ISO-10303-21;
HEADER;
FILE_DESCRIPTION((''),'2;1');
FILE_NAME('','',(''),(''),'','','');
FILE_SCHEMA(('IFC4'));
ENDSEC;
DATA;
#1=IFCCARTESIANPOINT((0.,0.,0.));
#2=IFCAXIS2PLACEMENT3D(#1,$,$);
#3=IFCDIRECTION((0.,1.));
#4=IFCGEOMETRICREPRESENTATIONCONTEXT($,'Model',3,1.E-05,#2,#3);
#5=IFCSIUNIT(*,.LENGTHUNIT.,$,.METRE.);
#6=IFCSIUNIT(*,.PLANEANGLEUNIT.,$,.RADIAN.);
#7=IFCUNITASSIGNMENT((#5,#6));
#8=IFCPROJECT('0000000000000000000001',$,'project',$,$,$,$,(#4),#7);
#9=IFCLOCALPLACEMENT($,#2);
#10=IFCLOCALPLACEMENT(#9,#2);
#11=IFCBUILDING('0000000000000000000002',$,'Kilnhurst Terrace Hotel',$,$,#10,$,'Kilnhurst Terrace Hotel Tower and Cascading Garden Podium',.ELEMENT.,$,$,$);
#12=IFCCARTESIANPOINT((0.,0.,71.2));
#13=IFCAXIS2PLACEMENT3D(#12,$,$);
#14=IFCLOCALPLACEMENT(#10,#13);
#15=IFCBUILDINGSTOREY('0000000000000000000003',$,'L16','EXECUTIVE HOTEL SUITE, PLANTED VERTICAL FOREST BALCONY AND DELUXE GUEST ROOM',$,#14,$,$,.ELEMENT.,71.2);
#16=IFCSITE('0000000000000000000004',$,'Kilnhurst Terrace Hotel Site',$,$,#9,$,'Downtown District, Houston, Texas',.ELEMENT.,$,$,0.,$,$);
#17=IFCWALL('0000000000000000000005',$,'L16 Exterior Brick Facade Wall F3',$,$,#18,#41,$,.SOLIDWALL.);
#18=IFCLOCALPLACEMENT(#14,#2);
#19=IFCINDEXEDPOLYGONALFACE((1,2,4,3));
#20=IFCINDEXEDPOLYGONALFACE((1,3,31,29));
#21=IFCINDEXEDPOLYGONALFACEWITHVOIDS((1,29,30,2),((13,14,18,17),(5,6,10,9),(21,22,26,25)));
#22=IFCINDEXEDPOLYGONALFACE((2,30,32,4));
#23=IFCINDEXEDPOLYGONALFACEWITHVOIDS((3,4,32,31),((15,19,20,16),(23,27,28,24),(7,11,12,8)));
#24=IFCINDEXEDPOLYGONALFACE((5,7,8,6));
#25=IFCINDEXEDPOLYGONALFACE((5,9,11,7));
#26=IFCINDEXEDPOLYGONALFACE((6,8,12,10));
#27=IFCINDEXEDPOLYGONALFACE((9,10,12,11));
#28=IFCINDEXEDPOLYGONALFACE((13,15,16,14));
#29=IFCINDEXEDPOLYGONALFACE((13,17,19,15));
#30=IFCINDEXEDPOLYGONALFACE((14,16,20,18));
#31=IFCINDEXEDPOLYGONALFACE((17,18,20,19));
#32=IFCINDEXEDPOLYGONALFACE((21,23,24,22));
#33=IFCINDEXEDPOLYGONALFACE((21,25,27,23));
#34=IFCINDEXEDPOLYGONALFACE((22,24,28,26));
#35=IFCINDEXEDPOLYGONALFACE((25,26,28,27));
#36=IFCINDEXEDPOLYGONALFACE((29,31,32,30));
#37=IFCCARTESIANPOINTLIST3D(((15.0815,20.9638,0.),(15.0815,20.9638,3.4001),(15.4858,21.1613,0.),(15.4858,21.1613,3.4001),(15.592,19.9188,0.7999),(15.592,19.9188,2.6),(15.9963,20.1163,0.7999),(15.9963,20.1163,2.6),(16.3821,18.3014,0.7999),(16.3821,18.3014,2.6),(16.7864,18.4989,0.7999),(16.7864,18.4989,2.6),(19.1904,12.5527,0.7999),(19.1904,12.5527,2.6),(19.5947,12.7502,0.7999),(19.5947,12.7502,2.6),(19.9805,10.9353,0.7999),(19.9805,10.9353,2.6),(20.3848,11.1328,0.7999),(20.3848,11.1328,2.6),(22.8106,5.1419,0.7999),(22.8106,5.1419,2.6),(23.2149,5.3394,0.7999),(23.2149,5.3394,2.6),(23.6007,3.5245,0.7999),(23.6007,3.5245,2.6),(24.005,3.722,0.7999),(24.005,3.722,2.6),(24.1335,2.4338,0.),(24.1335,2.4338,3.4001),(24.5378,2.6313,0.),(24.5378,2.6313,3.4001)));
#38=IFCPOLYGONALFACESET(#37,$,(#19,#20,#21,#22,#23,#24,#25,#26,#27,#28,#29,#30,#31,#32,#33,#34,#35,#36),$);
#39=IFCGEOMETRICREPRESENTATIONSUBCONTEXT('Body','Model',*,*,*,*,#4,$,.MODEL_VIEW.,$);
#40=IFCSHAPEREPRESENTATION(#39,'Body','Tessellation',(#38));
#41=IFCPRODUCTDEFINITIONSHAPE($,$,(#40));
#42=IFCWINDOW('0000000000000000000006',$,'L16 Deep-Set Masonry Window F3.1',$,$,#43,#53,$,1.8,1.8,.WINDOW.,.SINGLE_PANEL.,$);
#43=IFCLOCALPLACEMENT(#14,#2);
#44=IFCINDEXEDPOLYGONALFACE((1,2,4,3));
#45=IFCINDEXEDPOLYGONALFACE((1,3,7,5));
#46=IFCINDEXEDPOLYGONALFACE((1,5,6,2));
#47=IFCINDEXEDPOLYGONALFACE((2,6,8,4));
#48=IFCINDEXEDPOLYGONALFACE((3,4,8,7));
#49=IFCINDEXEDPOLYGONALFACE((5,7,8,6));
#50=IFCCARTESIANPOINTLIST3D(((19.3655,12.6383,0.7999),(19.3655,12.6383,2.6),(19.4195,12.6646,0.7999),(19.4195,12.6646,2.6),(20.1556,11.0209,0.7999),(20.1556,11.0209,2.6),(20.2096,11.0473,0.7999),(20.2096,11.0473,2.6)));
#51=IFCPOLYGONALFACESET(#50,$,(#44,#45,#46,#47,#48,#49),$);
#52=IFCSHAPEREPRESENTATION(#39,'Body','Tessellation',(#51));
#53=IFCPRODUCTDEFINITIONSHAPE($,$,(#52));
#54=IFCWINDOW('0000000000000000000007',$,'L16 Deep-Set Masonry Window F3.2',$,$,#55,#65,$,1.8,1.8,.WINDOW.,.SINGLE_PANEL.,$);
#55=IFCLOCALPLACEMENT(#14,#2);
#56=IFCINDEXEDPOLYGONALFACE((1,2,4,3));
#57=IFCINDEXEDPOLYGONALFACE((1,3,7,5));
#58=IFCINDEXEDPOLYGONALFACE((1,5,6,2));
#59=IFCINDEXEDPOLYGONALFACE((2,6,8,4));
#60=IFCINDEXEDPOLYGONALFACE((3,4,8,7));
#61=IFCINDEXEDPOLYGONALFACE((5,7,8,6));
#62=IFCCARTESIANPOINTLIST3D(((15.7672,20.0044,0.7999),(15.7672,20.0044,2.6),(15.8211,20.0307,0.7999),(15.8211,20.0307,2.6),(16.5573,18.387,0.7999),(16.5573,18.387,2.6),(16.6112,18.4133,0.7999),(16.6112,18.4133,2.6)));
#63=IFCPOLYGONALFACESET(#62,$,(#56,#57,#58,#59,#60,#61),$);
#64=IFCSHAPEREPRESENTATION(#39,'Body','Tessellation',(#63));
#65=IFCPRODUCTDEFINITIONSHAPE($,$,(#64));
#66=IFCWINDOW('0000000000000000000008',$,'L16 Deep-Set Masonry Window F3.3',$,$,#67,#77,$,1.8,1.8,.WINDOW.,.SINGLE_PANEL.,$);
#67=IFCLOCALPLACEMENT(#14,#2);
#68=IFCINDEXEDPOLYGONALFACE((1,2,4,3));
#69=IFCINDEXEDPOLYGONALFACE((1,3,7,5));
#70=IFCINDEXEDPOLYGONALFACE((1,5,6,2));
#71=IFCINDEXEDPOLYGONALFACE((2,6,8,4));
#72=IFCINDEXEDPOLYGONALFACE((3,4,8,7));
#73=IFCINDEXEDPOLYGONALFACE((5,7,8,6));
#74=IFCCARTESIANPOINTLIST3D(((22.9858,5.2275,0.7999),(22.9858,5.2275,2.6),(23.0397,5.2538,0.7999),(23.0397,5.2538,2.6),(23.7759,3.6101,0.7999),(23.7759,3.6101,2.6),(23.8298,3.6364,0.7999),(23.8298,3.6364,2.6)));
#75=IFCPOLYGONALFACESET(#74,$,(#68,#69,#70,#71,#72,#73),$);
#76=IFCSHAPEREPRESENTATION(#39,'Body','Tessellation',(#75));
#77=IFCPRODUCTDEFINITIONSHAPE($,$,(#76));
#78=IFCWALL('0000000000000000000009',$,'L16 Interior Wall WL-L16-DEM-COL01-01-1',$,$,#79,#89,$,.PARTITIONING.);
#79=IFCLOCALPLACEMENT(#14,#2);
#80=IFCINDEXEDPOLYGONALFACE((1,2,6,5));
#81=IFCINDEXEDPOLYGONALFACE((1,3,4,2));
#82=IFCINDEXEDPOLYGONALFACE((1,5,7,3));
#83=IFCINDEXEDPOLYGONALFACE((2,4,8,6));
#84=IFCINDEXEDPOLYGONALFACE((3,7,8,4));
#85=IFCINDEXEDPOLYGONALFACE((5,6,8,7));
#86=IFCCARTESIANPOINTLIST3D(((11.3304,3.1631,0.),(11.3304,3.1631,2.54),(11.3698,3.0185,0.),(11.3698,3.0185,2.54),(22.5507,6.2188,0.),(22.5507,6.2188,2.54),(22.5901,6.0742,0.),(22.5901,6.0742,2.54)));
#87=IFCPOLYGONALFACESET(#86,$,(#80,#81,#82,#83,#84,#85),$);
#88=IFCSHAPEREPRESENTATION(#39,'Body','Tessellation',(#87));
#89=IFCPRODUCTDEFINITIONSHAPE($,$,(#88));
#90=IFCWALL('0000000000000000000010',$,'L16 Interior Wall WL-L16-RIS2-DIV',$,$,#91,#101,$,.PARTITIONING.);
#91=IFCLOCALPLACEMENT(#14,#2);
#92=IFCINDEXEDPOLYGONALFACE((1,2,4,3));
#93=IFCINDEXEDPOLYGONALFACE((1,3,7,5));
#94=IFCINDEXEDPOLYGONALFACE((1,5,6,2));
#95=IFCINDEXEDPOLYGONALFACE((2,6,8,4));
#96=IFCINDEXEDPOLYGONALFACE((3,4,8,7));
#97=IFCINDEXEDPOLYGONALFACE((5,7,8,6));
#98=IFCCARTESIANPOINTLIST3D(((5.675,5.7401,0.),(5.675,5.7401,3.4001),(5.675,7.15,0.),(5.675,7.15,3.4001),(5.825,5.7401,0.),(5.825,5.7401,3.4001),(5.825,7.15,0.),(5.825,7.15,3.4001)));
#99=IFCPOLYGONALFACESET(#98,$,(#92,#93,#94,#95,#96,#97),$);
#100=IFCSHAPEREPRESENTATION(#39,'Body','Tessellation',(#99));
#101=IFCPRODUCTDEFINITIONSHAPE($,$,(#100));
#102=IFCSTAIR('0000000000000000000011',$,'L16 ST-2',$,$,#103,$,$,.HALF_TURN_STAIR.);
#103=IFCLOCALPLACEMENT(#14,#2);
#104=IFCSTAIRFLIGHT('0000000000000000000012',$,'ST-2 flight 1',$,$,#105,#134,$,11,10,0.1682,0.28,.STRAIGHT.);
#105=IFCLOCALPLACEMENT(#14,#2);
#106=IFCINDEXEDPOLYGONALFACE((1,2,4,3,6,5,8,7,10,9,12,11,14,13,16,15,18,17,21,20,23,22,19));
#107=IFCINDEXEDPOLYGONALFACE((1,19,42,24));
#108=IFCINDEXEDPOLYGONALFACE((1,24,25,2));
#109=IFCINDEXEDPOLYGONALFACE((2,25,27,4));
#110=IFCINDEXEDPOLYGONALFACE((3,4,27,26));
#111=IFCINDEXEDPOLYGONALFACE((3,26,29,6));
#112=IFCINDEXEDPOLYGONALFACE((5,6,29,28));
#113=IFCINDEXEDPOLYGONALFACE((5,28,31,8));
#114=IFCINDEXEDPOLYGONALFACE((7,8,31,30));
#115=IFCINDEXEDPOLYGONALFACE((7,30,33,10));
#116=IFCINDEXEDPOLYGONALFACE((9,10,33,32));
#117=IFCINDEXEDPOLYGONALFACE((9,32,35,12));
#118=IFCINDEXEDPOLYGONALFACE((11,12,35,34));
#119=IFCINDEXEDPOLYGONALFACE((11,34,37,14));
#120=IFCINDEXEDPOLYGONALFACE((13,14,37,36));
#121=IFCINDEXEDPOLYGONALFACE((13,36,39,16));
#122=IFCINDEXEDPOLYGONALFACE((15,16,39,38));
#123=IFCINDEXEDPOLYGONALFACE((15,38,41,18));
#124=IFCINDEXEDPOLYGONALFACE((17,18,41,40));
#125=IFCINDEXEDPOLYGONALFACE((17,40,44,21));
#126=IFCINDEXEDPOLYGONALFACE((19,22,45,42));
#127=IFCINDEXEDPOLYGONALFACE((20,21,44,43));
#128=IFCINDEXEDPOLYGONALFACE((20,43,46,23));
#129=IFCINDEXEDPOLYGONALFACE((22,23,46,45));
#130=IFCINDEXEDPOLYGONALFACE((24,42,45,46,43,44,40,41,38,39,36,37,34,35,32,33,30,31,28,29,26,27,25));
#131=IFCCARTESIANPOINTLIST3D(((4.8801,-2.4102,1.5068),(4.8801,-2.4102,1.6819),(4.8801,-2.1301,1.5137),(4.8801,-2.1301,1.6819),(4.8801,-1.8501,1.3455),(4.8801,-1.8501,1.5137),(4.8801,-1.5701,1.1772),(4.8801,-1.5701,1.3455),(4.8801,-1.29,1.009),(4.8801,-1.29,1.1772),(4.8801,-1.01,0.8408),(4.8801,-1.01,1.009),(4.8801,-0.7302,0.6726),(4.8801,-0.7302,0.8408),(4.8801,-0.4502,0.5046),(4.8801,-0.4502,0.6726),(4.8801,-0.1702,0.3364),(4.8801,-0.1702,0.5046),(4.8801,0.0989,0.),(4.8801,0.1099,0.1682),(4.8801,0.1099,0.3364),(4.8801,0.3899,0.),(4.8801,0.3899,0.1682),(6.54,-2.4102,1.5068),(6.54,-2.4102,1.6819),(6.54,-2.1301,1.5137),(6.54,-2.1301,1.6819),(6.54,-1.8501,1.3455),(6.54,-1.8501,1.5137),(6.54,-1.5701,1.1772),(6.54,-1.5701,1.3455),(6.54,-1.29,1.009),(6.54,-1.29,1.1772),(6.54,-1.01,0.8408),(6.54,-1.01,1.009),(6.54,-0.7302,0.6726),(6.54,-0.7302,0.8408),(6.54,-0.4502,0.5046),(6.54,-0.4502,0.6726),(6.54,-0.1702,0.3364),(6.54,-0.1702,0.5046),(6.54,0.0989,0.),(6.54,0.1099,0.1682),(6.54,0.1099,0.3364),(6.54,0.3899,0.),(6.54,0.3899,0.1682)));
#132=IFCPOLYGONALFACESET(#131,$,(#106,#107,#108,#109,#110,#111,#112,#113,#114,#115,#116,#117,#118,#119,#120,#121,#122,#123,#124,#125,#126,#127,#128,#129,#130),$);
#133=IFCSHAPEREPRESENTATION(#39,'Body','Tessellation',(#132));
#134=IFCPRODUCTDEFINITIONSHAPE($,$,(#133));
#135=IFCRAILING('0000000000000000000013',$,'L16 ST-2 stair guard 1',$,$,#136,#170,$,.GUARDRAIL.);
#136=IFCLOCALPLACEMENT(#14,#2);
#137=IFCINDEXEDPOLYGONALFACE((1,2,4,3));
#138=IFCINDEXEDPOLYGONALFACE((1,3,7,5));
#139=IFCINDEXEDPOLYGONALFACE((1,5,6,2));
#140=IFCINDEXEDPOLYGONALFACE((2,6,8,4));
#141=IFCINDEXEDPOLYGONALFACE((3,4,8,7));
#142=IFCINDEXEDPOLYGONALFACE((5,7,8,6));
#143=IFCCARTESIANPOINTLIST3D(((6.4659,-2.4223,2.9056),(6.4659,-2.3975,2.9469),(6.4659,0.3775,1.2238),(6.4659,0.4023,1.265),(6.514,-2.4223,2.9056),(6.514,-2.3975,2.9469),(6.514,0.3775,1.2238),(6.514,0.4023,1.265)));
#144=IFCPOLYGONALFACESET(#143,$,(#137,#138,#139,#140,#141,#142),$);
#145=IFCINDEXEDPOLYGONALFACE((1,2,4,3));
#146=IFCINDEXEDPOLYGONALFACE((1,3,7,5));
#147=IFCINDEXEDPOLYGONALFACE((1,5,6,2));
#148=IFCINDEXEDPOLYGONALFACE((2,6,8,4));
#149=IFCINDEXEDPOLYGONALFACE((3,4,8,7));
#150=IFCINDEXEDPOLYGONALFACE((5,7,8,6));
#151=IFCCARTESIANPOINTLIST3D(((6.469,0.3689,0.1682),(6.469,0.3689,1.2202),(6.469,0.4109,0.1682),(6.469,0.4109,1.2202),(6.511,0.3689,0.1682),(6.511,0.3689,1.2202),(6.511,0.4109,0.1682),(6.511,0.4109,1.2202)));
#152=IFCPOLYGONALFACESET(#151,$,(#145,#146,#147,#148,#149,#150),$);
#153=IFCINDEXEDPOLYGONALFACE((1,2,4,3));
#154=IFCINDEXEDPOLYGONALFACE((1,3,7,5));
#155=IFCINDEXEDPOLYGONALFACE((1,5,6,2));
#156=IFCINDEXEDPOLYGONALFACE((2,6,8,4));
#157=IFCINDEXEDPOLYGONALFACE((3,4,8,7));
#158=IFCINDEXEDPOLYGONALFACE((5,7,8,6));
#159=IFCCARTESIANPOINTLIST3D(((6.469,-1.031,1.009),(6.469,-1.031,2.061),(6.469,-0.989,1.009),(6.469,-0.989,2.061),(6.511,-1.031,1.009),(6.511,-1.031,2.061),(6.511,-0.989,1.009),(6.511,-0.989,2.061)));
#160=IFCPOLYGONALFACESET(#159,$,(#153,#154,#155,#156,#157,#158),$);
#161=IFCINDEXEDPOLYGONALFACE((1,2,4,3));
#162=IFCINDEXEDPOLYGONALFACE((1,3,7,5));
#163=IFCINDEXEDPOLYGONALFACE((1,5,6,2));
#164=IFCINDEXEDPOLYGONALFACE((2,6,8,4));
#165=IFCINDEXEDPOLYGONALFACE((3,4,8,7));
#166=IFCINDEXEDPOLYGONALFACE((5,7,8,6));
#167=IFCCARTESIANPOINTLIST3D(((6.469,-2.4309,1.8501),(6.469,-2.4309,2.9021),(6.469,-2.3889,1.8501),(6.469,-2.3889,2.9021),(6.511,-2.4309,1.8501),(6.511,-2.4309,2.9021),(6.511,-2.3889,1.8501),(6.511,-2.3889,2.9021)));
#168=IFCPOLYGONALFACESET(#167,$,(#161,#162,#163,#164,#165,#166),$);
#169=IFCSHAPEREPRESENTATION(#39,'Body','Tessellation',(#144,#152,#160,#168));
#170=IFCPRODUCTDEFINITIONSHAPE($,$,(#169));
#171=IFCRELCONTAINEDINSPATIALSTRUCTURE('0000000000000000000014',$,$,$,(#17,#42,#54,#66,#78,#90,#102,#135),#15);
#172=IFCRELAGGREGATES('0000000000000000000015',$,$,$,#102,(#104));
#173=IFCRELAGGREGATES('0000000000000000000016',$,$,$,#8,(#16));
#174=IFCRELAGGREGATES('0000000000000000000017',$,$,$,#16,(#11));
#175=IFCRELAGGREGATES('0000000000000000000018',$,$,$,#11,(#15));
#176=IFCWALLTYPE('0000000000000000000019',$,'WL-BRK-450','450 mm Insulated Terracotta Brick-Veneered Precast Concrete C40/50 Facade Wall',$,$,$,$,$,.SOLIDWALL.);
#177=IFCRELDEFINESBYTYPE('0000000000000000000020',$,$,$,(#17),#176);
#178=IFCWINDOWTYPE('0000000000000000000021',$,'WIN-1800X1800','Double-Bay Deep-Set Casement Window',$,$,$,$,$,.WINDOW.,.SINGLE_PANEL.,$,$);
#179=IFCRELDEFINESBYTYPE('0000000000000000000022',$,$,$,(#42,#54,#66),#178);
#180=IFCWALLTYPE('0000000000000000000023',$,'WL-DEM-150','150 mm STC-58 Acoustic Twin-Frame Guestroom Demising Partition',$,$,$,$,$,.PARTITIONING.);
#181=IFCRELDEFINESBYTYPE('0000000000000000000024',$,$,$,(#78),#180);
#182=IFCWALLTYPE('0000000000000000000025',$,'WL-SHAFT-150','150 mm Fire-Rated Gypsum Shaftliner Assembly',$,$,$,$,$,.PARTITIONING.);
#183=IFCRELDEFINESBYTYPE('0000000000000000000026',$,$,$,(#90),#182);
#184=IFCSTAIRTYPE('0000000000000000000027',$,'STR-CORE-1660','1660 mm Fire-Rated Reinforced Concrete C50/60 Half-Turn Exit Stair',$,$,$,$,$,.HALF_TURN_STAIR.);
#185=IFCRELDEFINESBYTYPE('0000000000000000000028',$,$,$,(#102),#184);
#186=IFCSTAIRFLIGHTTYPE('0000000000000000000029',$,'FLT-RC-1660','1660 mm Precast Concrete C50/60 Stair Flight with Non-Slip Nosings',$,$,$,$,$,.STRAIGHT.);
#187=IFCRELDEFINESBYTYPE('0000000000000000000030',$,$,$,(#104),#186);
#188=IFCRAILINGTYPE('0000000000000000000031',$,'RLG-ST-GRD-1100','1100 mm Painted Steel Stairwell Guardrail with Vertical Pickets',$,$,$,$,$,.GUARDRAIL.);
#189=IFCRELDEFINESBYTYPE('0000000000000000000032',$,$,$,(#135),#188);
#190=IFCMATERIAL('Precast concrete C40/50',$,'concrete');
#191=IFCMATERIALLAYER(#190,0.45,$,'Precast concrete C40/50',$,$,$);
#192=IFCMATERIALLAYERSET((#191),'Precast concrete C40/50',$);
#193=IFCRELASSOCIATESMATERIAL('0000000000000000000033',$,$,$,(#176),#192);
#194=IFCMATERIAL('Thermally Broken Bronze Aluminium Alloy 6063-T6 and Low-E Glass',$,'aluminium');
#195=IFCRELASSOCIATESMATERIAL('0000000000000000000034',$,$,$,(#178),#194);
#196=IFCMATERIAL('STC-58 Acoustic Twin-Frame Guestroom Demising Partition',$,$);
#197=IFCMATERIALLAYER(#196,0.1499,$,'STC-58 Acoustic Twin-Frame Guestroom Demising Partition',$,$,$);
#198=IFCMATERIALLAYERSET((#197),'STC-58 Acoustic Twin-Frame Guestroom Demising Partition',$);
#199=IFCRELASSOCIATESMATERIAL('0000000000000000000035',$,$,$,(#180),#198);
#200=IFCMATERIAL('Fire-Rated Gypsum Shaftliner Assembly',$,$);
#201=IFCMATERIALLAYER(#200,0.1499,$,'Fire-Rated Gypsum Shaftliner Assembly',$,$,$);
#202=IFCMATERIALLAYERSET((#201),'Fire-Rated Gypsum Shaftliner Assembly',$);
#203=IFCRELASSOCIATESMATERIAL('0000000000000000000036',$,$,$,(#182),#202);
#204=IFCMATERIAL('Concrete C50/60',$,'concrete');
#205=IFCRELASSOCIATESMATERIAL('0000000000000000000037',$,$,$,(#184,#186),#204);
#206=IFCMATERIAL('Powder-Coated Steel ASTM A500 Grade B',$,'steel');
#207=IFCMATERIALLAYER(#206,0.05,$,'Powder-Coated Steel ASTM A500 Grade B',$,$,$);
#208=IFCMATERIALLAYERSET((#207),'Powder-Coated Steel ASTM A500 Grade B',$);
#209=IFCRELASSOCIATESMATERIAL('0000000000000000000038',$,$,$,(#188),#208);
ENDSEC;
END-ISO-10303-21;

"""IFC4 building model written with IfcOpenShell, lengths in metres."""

from ifc_helpers import new_model, si_unit, direction, frame, frame_2d, origin, origin_2d, place, context, subcontext, project, spatial, polyline, rectangle, outline, extrude, material, layer, layer_set, type_object, element, fill, aggregate, save


model = new_model("IFC4")

# Units and contexts
model_context = context("Model", 3, precision=1e-05, world=origin(), true_north=direction((0.0, 1.0)))
body_context = subcontext(model_context, "Body", "Model", "MODEL_VIEW")
ifc_project = project(units=[si_unit("LENGTHUNIT", "METRE"), si_unit("PLANEANGLEUNIT", "RADIAN")], contexts=[model_context])

# Site, building, storey
site_placement = place(None, origin())
site = spatial("IfcSite", under=ifc_project, at=site_placement, Name="Kilnhurst Terrace Hotel Site", LongName="Downtown District, Houston, Texas", CompositionType="ELEMENT", RefElevation=0.0)
building_placement = place(site_placement, origin())
building = spatial("IfcBuilding", under=site, at=building_placement, Name="Kilnhurst Terrace Hotel", LongName="Kilnhurst Terrace Hotel Tower and Cascading Garden Podium", CompositionType="ELEMENT")
storey_placement = place(building_placement, frame((0.0, 0.0, 71.2)))
storey = spatial("IfcBuildingStorey", under=building, at=storey_placement, Name="L16", Description="EXECUTIVE HOTEL SUITE, PLANTED VERTICAL FOREST BALCONY AND DELUXE GUEST ROOM", CompositionType="ELEMENT", Elevation=71.2)

# Shared definitions
ifc_material_1 = material(Name="Concrete C50/60", Category="concrete")

# Shared definitions
ifc_material_2 = material(Name="Precast concrete C40/50", Category="concrete")
ifc_layer_1 = layer(ifc_material_2, 0.45, Name="Precast concrete C40/50")
ifc_layer_set_1 = layer_set([ifc_layer_1], Name="Precast concrete C40/50")
wall_type_1 = type_object("IfcWallType", Name="WL-BRK-450", Description="450 mm Insulated Terracotta Brick-Veneered Precast Concrete C40/50 Facade Wall", PredefinedType="SOLIDWALL", material=ifc_layer_set_1)

# Wall, openings, windows
wall_1_placement = place(storey_placement, frame((24.3357, 2.5325, 0.0), z_axis=(0.0, 0.0, 1.0), x_axis=(-0.438931, 0.898521, 0.0)))
wall_1 = element("IfcWall", 1, at=wall_1_placement, inside=storey, type_object=wall_type_1, Name="L16 Exterior Brick Facade Wall F3", PredefinedType="SOLIDWALL", context=body_context, shape_type="SweptSolid", body=[
    extrude(rectangle(XDim=20.6228, YDim=0.45, at=frame_2d((10.3115, 0.0))), origin(), (0.0, 0.0, 1.0), 3.4001),
])
opening_1_placement = place(wall_1_placement, frame((9.4619, 0.0, 0.8)))
opening_1 = element("IfcOpeningElement", 2, at=opening_1_placement, cuts=wall_1, PredefinedType="OPENING", context=body_context, shape_type="SweptSolid", body=[
    extrude(rectangle(XDim=1.8, YDim=1.8, at=frame_2d((0.8999, 0.8999))), frame((0.0, 0.2349, 0.0), z_axis=(0.0, -1.0, 0.0), x_axis=(1.0, 0.0, 0.0)), (0.0, 0.0, 1.0), 0.47),
])
opening_2_placement = place(wall_1_placement, frame((17.6599, 0.0, 0.8)))
opening_2 = element("IfcOpeningElement", 3, at=opening_2_placement, cuts=wall_1, PredefinedType="OPENING", context=body_context, shape_type="SweptSolid", body=[
    extrude(rectangle(XDim=1.8, YDim=1.8, at=frame_2d((0.8999, 0.8999))), frame((0.0, 0.2349, 0.0), z_axis=(0.0, -1.0, 0.0), x_axis=(1.0, 0.0, 0.0)), (0.0, 0.0, 1.0), 0.47),
])
opening_3_placement = place(wall_1_placement, frame((1.2141, 0.0, 0.8)))
opening_3 = element("IfcOpeningElement", 4, at=opening_3_placement, cuts=wall_1, PredefinedType="OPENING", context=body_context, shape_type="SweptSolid", body=[
    extrude(rectangle(XDim=1.8, YDim=1.8, at=frame_2d((0.8999, 0.8999))), frame((0.0, 0.2349, 0.0), z_axis=(0.0, -1.0, 0.0), x_axis=(1.0, 0.0, 0.0)), (0.0, 0.0, 1.0), 0.47),
])
ifc_material_3 = material(Name="Thermally Broken Bronze Aluminium Alloy 6063-T6 and Low-E Glass", Category="aluminium")
window_type = type_object("IfcWindowType", Name="WIN-1800X1800", Description="Double-Bay Deep-Set Casement Window", PartitioningType="SINGLE_PANEL", PredefinedType="WINDOW", material=ifc_material_3)
window_1_placement = place(opening_1_placement, origin())
window_1 = element("IfcWindow", 5, at=window_1_placement, inside=storey, type_object=window_type, Name="L16 Deep-Set Masonry Window F3.1", OverallHeight=1.8, OverallWidth=1.8, PartitioningType="SINGLE_PANEL", PredefinedType="WINDOW", context=body_context, shape_type="SweptSolid", body=[
    extrude(rectangle(XDim=1.8, YDim=1.8, at=frame_2d((0.8999, 0.8999))), frame((0.0, 0.03, 0.0), z_axis=(0.0, -1.0, 0.0), x_axis=(1.0, 0.0, 0.0)), (0.0, 0.0, 1.0), 0.0601),
])
fill(opening_1, window_1)
window_2_placement = place(opening_2_placement, origin())
window_2 = element("IfcWindow", 6, at=window_2_placement, inside=storey, type_object=window_type, Name="L16 Deep-Set Masonry Window F3.2", OverallHeight=1.8, OverallWidth=1.8, PartitioningType="SINGLE_PANEL", PredefinedType="WINDOW", context=body_context, shape_type="SweptSolid", body=[
    extrude(rectangle(XDim=1.8, YDim=1.8, at=frame_2d((0.8999, 0.8999))), frame((0.0, 0.03, 0.0), z_axis=(0.0, -1.0, 0.0), x_axis=(1.0, 0.0, 0.0)), (0.0, 0.0, 1.0), 0.0601),
])
fill(opening_2, window_2)
window_3_placement = place(opening_3_placement, origin())
window_3 = element("IfcWindow", 7, at=window_3_placement, inside=storey, type_object=window_type, Name="L16 Deep-Set Masonry Window F3.3", OverallHeight=1.8, OverallWidth=1.8, PartitioningType="SINGLE_PANEL", PredefinedType="WINDOW", context=body_context, shape_type="SweptSolid", body=[
    extrude(rectangle(XDim=1.8, YDim=1.8, at=frame_2d((0.8999, 0.8999))), frame((0.0, 0.03, 0.0), z_axis=(0.0, -1.0, 0.0), x_axis=(1.0, 0.0, 0.0)), (0.0, 0.0, 1.0), 0.0601),
])
fill(opening_3, window_3)

# Walls
ifc_material_4 = material(Name="STC-58 Acoustic Twin-Frame Guestroom Demising Partition")
ifc_layer_2 = layer(ifc_material_4, 0.1499, Name="STC-58 Acoustic Twin-Frame Guestroom Demising Partition")
ifc_layer_set_2 = layer_set([ifc_layer_2], Name="STC-58 Acoustic Twin-Frame Guestroom Demising Partition")
wall_type_2 = type_object("IfcWallType", Name="WL-DEM-150", Description="150 mm STC-58 Acoustic Twin-Frame Guestroom Demising Partition", PredefinedType="PARTITIONING", material=ifc_layer_set_2)
wall_2_placement = place(storey_placement, frame((11.3501, 3.0908, 0.0), z_axis=(0.0, 0.0, 1.0), x_axis=(0.96486, 0.262766, 0.0)))
element("IfcWall", 8, at=wall_2_placement, inside=storey, type_object=wall_type_2, Name="L16 Interior Wall WL-L16-DEM-COL01-01-1", PredefinedType="PARTITIONING", context=body_context, shape_type="SweptSolid", body=[
    extrude(rectangle(XDim=11.6289, YDim=0.1499, at=frame_2d((5.8145, 0.0))), origin(), (0.0, 0.0, 1.0), 2.54),
])
ifc_material_5 = material(Name="Fire-Rated Gypsum Shaftliner Assembly")
ifc_layer_3 = layer(ifc_material_5, 0.1499, Name="Fire-Rated Gypsum Shaftliner Assembly")
ifc_layer_set_3 = layer_set([ifc_layer_3], Name="Fire-Rated Gypsum Shaftliner Assembly")
wall_type_3 = type_object("IfcWallType", Name="WL-SHAFT-150", Description="150 mm Fire-Rated Gypsum Shaftliner Assembly", PredefinedType="PARTITIONING", material=ifc_layer_set_3)
wall_3_placement = place(storey_placement, frame((5.75, 5.74, 0.0), z_axis=(0.0, 0.0, 1.0), x_axis=(0.0, 1.0, 0.0)))
element("IfcWall", 9, at=wall_3_placement, inside=storey, type_object=wall_type_3, Name="L16 Interior Wall WL-L16-RIS2-DIV", PredefinedType="PARTITIONING", context=body_context, shape_type="SweptSolid", body=[
    extrude(rectangle(XDim=1.4099, YDim=0.1499, at=frame_2d((0.7051, 0.0))), origin(), (0.0, 0.0, 1.0), 3.4001),
])

# Stair, stair flight
stair_type = type_object("IfcStairType", Name="STR-CORE-1660", Description="1660 mm Fire-Rated Reinforced Concrete C50/60 Half-Turn Exit Stair", PredefinedType="HALF_TURN_STAIR", material=ifc_material_1)
stair_placement = place(storey_placement, origin())
stair = element("IfcStair", 10, at=stair_placement, inside=storey, type_object=stair_type, Name="L16 ST-2", PredefinedType="HALF_TURN_STAIR")
stair_flight_type = type_object("IfcStairFlightType", Name="FLT-RC-1660", Description="1660 mm Precast Concrete C50/60 Stair Flight with Non-Slip Nosings", PredefinedType="STRAIGHT", material=ifc_material_1)
stair_flight_placement = place(storey_placement, frame((5.71, 0.3899, 0.0), z_axis=(0.0, 0.0, 1.0), x_axis=(0.0, -1.0, 0.0)))
stair_flight = element("IfcStairFlight", 11, at=stair_flight_placement, type_object=stair_flight_type, Name="ST-2 flight 1", NumberOfRisers=11, NumberOfTreads=10, PredefinedType="STRAIGHT", RiserHeight=0.1682, TreadLength=0.28, context=body_context, shape_type="SweptSolid", body=[
    extrude(outline(polyline([(0.0, 0.0), (0.0, 0.1682), (0.28, 0.1682), (0.28, 0.3364), (0.5601, 0.3364), (0.5601, 0.5046), (0.8401, 0.5046), (0.8401, 0.6726), (1.1201, 0.6726), (1.1201, 0.8408), (1.3999, 0.8408), (1.3999, 1.009), (1.6799, 1.009), (1.6799, 1.1772), (1.96, 1.1772), (1.96, 1.3455), (2.24, 1.3455), (2.24, 1.5137), (2.52, 1.5137), (2.52, 1.6819), (2.8, 1.6819), (2.8, 1.8501), (2.8, 1.5068), (0.291, 0.0), (0.0, 0.0)])), frame((0.0, 0.8301, 0.0), z_axis=(0.0, -1.0, 0.0), x_axis=(1.0, 0.0, 0.0)), (0.0, 0.0, 1.0), 1.6599),
])
aggregate(stair, [stair_flight])

# Railing
ifc_material_6 = material(Name="Powder-Coated Steel ASTM A500 Grade B", Category="steel")
ifc_layer_4 = layer(ifc_material_6, 0.05, Name="Powder-Coated Steel ASTM A500 Grade B")
ifc_layer_set_4 = layer_set([ifc_layer_4], Name="Powder-Coated Steel ASTM A500 Grade B")
railing_type_1 = type_object("IfcRailingType", Name="RLG-ST-GRD-1100", Description="1100 mm Painted Steel Stairwell Guardrail with Vertical Pickets", PredefinedType="GUARDRAIL", material=ifc_layer_set_4)
railing_1_placement = place(storey_placement, frame((6.49, 0.3899, 0.1682)))
element("IfcRailing", 12, at=railing_1_placement, inside=storey, type_object=railing_type_1, Name="L16 ST-2 stair guard 1", PredefinedType="GUARDRAIL", context=body_context, shape_type="SweptSolid", body=[
    extrude(rectangle(XDim=0.0481, YDim=0.0481, at=origin_2d()), frame((0.0, 0.0, 1.0762), z_axis=(0.0, -0.857222, 0.514946), x_axis=(1.0, 0.0, 0.0)), (0.0, 0.0, 1.0), 3.2661),
    extrude(rectangle(XDim=0.042, YDim=0.042, at=origin_2d()), origin(), (0.0, 0.0, 1.0), 1.052),
    extrude(rectangle(XDim=0.042, YDim=0.042, at=origin_2d()), frame((0.0, -1.3999, 0.8408)), (0.0, 0.0, 1.0), 1.052),
    extrude(rectangle(XDim=0.042, YDim=0.042, at=origin_2d()), frame((0.0, -2.7998, 1.6819)), (0.0, 0.0, 1.0), 1.052),
])

save(model, "model.ifc")
